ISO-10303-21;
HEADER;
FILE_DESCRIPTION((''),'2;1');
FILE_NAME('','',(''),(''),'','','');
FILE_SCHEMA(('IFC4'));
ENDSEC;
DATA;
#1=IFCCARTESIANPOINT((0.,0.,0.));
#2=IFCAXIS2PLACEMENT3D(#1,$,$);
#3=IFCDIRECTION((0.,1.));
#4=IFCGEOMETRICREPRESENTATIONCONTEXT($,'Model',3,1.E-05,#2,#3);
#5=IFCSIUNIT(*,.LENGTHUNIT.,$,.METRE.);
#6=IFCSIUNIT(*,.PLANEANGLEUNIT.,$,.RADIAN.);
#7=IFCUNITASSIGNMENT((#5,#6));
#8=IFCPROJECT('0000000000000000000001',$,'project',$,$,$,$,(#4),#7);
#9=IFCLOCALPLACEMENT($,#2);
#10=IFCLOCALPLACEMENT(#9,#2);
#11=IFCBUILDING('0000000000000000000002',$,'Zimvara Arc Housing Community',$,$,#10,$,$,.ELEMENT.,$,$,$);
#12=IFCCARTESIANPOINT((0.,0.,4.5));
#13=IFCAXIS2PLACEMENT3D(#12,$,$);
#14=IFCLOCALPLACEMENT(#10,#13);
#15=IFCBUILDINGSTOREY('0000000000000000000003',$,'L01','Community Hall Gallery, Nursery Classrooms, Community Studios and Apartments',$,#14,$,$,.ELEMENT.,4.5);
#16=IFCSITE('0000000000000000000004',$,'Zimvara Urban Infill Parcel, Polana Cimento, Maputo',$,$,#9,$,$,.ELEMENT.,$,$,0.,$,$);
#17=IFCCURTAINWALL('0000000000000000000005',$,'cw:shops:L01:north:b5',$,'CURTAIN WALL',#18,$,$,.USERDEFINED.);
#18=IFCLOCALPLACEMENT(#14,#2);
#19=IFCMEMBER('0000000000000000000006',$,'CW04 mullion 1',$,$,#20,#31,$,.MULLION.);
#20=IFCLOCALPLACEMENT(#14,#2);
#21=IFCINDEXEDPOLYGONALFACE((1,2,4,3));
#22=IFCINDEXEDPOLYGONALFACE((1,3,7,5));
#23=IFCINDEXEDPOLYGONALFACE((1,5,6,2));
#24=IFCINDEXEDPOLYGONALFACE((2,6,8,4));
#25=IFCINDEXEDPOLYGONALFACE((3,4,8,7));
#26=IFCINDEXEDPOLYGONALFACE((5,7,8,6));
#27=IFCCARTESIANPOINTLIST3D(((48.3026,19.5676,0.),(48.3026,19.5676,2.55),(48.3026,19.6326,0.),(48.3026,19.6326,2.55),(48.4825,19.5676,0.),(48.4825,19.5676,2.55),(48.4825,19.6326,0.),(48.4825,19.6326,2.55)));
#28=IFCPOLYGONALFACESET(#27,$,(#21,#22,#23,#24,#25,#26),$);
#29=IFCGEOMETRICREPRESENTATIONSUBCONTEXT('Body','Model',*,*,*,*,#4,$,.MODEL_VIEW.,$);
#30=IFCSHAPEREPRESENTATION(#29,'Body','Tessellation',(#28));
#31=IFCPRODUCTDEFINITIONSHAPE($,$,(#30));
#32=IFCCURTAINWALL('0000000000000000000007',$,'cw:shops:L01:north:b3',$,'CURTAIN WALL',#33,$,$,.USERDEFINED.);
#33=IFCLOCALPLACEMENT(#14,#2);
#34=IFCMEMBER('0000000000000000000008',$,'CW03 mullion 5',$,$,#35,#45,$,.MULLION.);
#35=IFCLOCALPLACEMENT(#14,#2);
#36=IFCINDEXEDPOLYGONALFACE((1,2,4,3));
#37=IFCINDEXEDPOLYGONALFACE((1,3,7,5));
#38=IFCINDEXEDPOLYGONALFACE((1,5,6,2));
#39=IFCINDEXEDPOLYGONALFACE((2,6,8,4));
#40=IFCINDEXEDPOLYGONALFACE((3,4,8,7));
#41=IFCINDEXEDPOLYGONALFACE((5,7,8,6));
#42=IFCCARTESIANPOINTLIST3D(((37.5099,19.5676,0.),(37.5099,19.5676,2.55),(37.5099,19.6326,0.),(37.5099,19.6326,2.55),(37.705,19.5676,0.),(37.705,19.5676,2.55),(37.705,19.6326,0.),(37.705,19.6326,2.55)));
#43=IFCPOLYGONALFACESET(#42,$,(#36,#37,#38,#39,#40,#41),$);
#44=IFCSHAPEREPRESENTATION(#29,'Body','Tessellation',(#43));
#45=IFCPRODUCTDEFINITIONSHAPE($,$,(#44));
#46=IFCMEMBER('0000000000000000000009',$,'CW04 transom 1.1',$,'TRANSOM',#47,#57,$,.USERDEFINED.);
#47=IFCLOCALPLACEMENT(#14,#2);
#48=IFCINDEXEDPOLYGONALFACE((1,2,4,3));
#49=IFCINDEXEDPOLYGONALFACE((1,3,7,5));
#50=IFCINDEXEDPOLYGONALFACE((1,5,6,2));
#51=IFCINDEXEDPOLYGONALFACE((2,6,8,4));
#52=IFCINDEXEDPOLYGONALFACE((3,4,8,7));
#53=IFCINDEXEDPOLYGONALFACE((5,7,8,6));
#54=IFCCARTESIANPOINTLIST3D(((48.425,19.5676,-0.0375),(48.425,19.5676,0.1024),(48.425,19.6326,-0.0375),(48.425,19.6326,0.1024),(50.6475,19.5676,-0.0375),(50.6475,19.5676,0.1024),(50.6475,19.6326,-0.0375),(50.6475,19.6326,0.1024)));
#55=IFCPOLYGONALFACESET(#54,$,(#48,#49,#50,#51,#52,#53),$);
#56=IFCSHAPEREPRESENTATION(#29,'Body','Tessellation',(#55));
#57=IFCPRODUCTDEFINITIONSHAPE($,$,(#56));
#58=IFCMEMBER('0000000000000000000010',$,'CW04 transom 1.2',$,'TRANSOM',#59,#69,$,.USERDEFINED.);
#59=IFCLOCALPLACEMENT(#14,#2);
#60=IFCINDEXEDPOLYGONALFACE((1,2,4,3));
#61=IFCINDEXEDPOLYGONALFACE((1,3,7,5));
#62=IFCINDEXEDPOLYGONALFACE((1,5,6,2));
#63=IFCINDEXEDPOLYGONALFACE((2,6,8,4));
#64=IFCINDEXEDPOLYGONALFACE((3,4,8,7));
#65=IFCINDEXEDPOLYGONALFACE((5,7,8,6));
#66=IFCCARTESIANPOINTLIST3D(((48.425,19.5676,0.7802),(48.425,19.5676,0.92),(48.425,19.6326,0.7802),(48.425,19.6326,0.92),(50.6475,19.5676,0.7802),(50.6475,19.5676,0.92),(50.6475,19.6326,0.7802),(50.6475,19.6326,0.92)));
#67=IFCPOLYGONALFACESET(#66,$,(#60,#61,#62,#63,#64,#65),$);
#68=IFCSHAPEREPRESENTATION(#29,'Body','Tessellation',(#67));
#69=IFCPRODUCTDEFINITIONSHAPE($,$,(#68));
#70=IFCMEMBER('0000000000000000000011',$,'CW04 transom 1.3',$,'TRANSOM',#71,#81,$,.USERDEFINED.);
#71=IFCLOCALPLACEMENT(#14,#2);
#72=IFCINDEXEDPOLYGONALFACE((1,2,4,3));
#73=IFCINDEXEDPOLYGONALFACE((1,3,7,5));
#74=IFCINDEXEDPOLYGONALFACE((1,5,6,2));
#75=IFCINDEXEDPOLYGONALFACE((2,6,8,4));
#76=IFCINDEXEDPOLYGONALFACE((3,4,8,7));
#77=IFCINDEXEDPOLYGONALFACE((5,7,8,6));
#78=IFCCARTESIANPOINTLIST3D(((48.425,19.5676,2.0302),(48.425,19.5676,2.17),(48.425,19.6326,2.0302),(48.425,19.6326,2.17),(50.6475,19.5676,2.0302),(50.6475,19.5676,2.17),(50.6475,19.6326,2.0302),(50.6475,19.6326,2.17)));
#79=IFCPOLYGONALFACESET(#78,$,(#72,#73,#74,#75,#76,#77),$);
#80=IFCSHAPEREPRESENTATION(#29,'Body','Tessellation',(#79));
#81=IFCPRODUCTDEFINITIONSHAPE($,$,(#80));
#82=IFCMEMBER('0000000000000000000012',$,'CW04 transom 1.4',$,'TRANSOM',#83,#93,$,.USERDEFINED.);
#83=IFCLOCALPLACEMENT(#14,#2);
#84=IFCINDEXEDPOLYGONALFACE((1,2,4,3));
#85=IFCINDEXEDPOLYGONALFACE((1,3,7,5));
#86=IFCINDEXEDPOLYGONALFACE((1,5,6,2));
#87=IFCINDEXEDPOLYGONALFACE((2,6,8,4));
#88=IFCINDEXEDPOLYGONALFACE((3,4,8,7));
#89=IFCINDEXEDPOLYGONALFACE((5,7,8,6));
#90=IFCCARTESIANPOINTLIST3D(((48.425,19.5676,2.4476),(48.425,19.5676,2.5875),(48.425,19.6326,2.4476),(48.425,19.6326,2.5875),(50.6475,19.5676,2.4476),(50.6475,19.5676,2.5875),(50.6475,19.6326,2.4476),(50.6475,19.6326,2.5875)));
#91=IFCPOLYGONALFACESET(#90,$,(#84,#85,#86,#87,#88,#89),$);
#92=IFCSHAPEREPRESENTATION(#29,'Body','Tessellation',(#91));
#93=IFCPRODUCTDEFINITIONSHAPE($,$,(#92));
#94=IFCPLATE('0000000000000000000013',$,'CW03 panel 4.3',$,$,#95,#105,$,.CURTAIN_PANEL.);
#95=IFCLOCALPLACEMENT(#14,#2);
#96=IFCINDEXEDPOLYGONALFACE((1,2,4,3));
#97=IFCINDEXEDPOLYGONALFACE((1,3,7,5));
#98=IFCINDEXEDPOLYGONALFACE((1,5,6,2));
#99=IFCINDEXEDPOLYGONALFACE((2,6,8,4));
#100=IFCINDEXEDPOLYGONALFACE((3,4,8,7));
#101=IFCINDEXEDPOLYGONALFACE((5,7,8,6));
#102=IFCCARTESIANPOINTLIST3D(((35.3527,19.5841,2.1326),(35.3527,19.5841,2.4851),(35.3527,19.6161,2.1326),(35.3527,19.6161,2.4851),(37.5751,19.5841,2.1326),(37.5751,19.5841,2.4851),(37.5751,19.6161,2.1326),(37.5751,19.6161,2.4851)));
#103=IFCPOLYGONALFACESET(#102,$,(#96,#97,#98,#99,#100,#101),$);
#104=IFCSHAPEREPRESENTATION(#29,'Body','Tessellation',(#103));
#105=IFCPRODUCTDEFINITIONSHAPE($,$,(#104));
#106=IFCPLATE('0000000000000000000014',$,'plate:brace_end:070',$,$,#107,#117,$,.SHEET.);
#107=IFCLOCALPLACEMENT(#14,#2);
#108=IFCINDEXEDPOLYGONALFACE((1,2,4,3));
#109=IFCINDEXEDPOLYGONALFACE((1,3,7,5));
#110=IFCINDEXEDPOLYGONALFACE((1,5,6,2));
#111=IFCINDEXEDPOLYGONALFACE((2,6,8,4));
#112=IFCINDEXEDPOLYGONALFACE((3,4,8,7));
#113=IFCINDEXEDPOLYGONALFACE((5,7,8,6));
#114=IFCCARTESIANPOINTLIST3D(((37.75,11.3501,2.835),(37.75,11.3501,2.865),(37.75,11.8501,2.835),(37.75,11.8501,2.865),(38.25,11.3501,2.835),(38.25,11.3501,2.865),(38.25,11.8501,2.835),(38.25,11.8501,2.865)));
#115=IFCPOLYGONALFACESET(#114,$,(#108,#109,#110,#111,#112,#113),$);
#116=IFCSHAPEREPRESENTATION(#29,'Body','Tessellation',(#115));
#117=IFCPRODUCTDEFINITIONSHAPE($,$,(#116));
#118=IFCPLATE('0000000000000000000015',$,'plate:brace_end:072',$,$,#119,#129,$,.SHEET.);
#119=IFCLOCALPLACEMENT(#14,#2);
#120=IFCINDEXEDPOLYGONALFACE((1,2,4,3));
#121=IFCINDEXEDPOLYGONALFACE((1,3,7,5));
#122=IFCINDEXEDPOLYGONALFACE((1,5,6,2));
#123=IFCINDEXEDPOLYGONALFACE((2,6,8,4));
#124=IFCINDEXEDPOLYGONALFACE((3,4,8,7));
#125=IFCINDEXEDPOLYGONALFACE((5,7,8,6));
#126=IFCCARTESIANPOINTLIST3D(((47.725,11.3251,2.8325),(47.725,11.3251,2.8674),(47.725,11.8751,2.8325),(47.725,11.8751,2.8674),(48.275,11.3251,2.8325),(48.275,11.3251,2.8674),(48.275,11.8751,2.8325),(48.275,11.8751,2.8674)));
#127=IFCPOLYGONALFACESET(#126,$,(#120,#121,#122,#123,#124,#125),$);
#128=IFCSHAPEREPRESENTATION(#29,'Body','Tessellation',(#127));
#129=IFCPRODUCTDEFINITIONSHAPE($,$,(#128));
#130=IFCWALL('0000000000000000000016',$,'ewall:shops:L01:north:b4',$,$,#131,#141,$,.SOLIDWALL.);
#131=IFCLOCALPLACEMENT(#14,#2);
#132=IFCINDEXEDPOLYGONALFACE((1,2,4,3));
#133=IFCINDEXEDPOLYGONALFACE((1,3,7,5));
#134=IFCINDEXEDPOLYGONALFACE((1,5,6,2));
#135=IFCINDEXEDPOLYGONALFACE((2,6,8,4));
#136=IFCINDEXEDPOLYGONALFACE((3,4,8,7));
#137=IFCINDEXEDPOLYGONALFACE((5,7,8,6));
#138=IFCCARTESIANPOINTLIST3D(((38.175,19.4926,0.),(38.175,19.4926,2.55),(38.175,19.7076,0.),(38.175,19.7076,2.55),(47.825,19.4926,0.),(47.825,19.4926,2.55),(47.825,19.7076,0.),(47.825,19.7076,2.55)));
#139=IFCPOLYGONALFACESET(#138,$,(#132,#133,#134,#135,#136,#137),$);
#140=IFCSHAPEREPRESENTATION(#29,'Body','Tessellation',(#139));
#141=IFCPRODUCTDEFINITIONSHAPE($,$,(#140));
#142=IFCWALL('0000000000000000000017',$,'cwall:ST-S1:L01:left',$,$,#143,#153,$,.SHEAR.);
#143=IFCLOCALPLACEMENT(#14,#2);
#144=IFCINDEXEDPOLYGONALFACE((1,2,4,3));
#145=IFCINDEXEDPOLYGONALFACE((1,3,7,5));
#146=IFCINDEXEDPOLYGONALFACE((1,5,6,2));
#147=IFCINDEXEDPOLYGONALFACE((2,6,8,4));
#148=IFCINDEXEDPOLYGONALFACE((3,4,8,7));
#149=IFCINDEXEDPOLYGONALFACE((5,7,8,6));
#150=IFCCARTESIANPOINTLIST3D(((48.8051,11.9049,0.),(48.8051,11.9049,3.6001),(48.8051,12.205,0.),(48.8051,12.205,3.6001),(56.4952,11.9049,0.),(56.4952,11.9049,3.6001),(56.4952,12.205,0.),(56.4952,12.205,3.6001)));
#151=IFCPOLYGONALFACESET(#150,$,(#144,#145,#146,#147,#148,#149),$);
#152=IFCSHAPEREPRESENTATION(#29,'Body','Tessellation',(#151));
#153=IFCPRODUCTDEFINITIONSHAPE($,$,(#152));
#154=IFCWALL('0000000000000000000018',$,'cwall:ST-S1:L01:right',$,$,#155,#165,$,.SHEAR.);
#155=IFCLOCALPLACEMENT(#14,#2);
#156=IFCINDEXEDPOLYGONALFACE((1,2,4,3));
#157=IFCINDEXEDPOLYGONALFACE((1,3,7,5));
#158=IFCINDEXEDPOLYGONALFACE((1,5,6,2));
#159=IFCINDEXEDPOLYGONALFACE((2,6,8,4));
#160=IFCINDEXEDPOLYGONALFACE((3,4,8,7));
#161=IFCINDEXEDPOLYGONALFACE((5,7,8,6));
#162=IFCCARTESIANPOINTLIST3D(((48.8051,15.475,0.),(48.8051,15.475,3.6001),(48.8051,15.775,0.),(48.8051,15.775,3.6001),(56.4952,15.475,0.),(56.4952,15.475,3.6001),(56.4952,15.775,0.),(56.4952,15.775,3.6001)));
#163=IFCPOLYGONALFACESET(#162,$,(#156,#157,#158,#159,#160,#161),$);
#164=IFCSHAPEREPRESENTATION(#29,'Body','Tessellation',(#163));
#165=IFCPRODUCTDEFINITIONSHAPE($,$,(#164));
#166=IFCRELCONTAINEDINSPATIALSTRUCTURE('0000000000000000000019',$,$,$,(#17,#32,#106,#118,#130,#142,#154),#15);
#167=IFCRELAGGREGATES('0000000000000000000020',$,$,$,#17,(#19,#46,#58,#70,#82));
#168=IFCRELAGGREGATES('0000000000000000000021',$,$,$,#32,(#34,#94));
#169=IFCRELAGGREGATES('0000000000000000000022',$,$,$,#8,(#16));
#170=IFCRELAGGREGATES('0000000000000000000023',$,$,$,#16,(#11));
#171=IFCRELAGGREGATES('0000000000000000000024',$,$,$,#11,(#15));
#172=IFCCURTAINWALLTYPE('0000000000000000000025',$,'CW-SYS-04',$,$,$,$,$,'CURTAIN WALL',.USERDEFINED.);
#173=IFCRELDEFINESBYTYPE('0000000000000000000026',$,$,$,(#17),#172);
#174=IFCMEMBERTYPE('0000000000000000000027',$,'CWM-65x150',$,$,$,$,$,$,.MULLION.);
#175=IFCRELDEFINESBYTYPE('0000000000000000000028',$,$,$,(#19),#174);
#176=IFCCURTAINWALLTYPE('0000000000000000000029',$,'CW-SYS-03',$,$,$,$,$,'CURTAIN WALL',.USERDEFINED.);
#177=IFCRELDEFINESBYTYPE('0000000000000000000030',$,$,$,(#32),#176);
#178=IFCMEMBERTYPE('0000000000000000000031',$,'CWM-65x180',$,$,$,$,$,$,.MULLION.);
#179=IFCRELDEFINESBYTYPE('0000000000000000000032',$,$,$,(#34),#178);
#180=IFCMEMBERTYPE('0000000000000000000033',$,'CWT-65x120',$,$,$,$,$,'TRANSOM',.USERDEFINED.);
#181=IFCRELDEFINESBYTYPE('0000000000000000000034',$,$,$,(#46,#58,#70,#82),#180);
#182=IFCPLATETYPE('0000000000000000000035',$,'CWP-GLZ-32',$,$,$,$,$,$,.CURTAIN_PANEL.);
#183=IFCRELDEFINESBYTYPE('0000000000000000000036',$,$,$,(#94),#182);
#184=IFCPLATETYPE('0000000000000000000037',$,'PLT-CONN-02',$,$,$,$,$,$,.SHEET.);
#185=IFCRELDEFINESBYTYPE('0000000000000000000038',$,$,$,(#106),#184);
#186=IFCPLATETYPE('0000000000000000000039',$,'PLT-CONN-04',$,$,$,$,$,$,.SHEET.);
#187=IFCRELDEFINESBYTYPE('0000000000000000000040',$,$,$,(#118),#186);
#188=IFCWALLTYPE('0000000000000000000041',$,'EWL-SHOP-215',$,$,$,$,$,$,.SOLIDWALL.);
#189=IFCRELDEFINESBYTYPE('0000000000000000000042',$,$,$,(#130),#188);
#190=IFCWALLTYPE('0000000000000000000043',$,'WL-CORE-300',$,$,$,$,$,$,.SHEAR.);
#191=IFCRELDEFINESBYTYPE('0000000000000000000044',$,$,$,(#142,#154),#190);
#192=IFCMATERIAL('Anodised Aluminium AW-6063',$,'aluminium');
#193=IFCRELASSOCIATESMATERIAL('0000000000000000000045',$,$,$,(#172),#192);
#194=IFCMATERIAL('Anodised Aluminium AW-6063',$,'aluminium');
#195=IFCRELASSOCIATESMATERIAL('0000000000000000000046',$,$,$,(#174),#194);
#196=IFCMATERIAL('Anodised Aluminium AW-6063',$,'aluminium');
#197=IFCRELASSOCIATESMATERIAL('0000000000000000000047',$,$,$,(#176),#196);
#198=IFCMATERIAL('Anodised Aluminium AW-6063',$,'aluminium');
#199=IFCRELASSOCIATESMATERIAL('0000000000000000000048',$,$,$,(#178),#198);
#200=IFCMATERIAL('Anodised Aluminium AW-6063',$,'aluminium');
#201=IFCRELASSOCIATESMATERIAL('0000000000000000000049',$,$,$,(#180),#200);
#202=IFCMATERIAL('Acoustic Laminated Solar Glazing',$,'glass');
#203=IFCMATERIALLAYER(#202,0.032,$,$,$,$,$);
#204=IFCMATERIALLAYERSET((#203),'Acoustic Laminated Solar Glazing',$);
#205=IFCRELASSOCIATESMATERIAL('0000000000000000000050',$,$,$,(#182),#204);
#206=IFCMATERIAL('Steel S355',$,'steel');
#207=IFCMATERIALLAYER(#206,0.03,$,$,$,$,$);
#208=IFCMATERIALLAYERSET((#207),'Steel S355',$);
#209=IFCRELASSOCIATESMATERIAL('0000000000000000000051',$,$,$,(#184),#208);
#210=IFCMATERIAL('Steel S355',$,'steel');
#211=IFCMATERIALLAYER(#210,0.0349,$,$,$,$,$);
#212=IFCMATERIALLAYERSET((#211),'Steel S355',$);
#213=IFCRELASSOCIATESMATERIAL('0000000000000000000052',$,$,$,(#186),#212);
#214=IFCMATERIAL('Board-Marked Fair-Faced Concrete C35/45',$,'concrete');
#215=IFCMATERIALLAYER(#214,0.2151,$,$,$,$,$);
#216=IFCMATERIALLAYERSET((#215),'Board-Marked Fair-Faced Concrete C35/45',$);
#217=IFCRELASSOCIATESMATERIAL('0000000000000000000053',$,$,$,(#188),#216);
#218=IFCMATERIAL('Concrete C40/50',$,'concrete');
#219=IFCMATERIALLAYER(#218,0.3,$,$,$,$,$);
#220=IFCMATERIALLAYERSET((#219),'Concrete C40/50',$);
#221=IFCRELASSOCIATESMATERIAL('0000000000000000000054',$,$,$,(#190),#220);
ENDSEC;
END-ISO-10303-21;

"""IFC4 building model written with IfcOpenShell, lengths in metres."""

from ifc_helpers import new_model, si_unit, direction, frame, frame_2d, origin, origin_2d, place, context, subcontext, project, spatial, rectangle, extrude, material, layer, layer_set, material_profile, profile_set, type_object, element, aggregate, save


model = new_model("IFC4")

# Units and contexts
model_context = context("Model", 3, precision=1e-05, world=origin(), true_north=direction((0.0, 1.0)))
body_context = subcontext(model_context, "Body", "Model", "MODEL_VIEW")
ifc_project = project(units=[si_unit("LENGTHUNIT", "METRE"), si_unit("PLANEANGLEUNIT", "RADIAN")], contexts=[model_context])

# Site, building, storey
site_placement = place(None, origin())
site = spatial("IfcSite", under=ifc_project, at=site_placement, Name="Zimvara Urban Infill Parcel, Polana Cimento, Maputo", CompositionType="ELEMENT", RefElevation=0.0)
building_placement = place(site_placement, origin())
building = spatial("IfcBuilding", under=site, at=building_placement, Name="Zimvara Arc Housing Community", CompositionType="ELEMENT")
storey_placement = place(building_placement, frame((0.0, 0.0, 4.5)))
storey = spatial("IfcBuildingStorey", under=building, at=storey_placement, Name="L01", Description="Community Hall Gallery, Nursery Classrooms, Community Studios and Apartments", CompositionType="ELEMENT", Elevation=4.5)

# Curtain walls, members
ifc_material_1 = material(Name="Anodised Aluminium AW-6063", Category="aluminium")
curtain_wall_type_1 = type_object("IfcCurtainWallType", Name="CW-SYS-04", ElementType="CURTAIN WALL", PredefinedType="USERDEFINED", material=ifc_material_1)
curtain_wall_1_placement = place(storey_placement, origin())
curtain_wall_1 = element("IfcCurtainWall", 1, at=curtain_wall_1_placement, inside=storey, type_object=curtain_wall_type_1, Name="cw:shops:L01:north:b5", ObjectType="CURTAIN WALL", PredefinedType="USERDEFINED")
ifc_material_2 = material(Name="Anodised Aluminium AW-6063", Category="aluminium")
ifc_material_profile_1 = material_profile(ifc_material_2, rectangle(XDim=0.0649, YDim=0.1799, at=origin_2d()), Name="ALU 65x180")
ifc_profile_set_1 = profile_set([ifc_material_profile_1], Name="Anodised Aluminium AW-6063")
member_type_1 = type_object("IfcMemberType", Name="CWM-65x150", PredefinedType="MULLION", material=ifc_profile_set_1)
member_1_placement = place(storey_placement, frame((48.3926, 19.6001, 0.0), z_axis=(0.0, 0.0, 1.0), x_axis=(0.0, 1.0, 0.0)))
member_1 = element("IfcMember", 2, at=member_1_placement, type_object=member_type_1, Name="CW04 mullion 1", PredefinedType="MULLION", context=body_context, shape_type="SweptSolid", body=[
    extrude(rectangle(XDim=0.0649, YDim=0.1799, at=origin_2d()), origin(), (0.0, 0.0, 1.0), 2.55),
])
ifc_material_3 = material(Name="Anodised Aluminium AW-6063", Category="aluminium")
curtain_wall_type_2 = type_object("IfcCurtainWallType", Name="CW-SYS-03", ElementType="CURTAIN WALL", PredefinedType="USERDEFINED", material=ifc_material_3)
curtain_wall_2_placement = place(storey_placement, origin())
curtain_wall_2 = element("IfcCurtainWall", 3, at=curtain_wall_2_placement, inside=storey, type_object=curtain_wall_type_2, Name="cw:shops:L01:north:b3", ObjectType="CURTAIN WALL", PredefinedType="USERDEFINED")
ifc_material_4 = material(Name="Anodised Aluminium AW-6063", Category="aluminium")
ifc_material_profile_2 = material_profile(ifc_material_4, rectangle(XDim=0.0649, YDim=0.1951, at=origin_2d()), Name="ALU 65x195")
ifc_profile_set_2 = profile_set([ifc_material_profile_2], Name="Anodised Aluminium AW-6063")
member_type_2 = type_object("IfcMemberType", Name="CWM-65x180", PredefinedType="MULLION", material=ifc_profile_set_2)
member_2_placement = place(storey_placement, frame((37.6074, 19.6001, 0.0), z_axis=(0.0, 0.0, 1.0), x_axis=(0.0, 1.0, 0.0)))
member_2 = element("IfcMember", 4, at=member_2_placement, type_object=member_type_2, Name="CW03 mullion 5", PredefinedType="MULLION", context=body_context, shape_type="SweptSolid", body=[
    extrude(rectangle(XDim=0.0649, YDim=0.1951, at=origin_2d()), origin(), (0.0, 0.0, 1.0), 2.55),
])

# Members
ifc_material_5 = material(Name="Anodised Aluminium AW-6063", Category="aluminium")
ifc_material_profile_3 = material_profile(ifc_material_5, rectangle(XDim=0.0649, YDim=0.1399, at=origin_2d()), Name="ALU 65x140")
ifc_profile_set_3 = profile_set([ifc_material_profile_3], Name="Anodised Aluminium AW-6063")
member_type_3 = type_object("IfcMemberType", Name="CWT-65x120", ElementType="TRANSOM", PredefinedType="USERDEFINED", material=ifc_profile_set_3)
member_3_placement = place(storey_placement, frame((48.425, 19.6001, 0.0325), z_axis=(1.0, 0.0, 0.0), x_axis=(0.0, 1.0, 0.0)))
member_3 = element("IfcMember", 5, at=member_3_placement, type_object=member_type_3, Name="CW04 transom 1.1", ObjectType="TRANSOM", PredefinedType="USERDEFINED", context=body_context, shape_type="SweptSolid", body=[
    extrude(rectangle(XDim=0.0649, YDim=0.1399, at=origin_2d()), origin(), (0.0, 0.0, 1.0), 2.2224),
])
member_4_placement = place(storey_placement, frame((48.425, 19.6001, 0.8501), z_axis=(1.0, 0.0, 0.0), x_axis=(0.0, 1.0, 0.0)))
member_4 = element("IfcMember", 6, at=member_4_placement, type_object=member_type_3, Name="CW04 transom 1.2", ObjectType="TRANSOM", PredefinedType="USERDEFINED", context=body_context, shape_type="SweptSolid", body=[
    extrude(rectangle(XDim=0.0649, YDim=0.1399, at=origin_2d()), origin(), (0.0, 0.0, 1.0), 2.2224),
])
member_5_placement = place(storey_placement, frame((48.425, 19.6001, 2.1001), z_axis=(1.0, 0.0, 0.0), x_axis=(0.0, 1.0, 0.0)))
member_5 = element("IfcMember", 7, at=member_5_placement, type_object=member_type_3, Name="CW04 transom 1.3", ObjectType="TRANSOM", PredefinedType="USERDEFINED", context=body_context, shape_type="SweptSolid", body=[
    extrude(rectangle(XDim=0.0649, YDim=0.1399, at=origin_2d()), origin(), (0.0, 0.0, 1.0), 2.2224),
])
member_6_placement = place(storey_placement, frame((48.425, 19.6001, 2.5176), z_axis=(1.0, 0.0, 0.0), x_axis=(0.0, 1.0, 0.0)))
member_6 = element("IfcMember", 8, at=member_6_placement, type_object=member_type_3, Name="CW04 transom 1.4", ObjectType="TRANSOM", PredefinedType="USERDEFINED", context=body_context, shape_type="SweptSolid", body=[
    extrude(rectangle(XDim=0.0649, YDim=0.1399, at=origin_2d()), origin(), (0.0, 0.0, 1.0), 2.2224),
])
aggregate(curtain_wall_1, [member_1, member_3, member_4, member_5, member_6])

# Plate
ifc_material_6 = material(Name="Acoustic Laminated Solar Glazing", Category="glass")
ifc_layer_1 = layer(ifc_material_6, 0.032)
ifc_layer_set_1 = layer_set([ifc_layer_1], Name="Acoustic Laminated Solar Glazing")
plate_type_1 = type_object("IfcPlateType", Name="CWP-GLZ-32", PredefinedType="CURTAIN_PANEL", material=ifc_layer_set_1)
plate_1_placement = place(storey_placement, frame((36.4639, 19.6001, 2.1326), z_axis=(0.0, 0.0, 1.0), x_axis=(1.0, 0.0, 0.0)))
plate_1 = element("IfcPlate", 9, at=plate_1_placement, type_object=plate_type_1, Name="CW03 panel 4.3", PredefinedType="CURTAIN_PANEL", context=body_context, shape_type="SweptSolid", body=[
    extrude(rectangle(XDim=2.2224, YDim=0.032, at=origin_2d()), origin(), (0.0, 0.0, 1.0), 0.3525),
])
aggregate(curtain_wall_2, [member_2, plate_1])

# Plates
ifc_material_7 = material(Name="Steel S355", Category="steel")
ifc_layer_2 = layer(ifc_material_7, 0.03)
ifc_layer_set_2 = layer_set([ifc_layer_2], Name="Steel S355")
plate_type_2 = type_object("IfcPlateType", Name="PLT-CONN-02", PredefinedType="SHEET", material=ifc_layer_set_2)
plate_2_placement = place(storey_placement, frame((38.0, 11.6001, 2.835), z_axis=(0.0, 0.0, 1.0), x_axis=(1.0, 0.0, 0.0)))
element("IfcPlate", 10, at=plate_2_placement, inside=storey, type_object=plate_type_2, Name="plate:brace_end:070", PredefinedType="SHEET", context=body_context, shape_type="SweptSolid", body=[
    extrude(rectangle(XDim=0.5, YDim=0.5, at=origin_2d()), origin(), (0.0, 0.0, 1.0), 0.03),
])
ifc_material_8 = material(Name="Steel S355", Category="steel")
ifc_layer_3 = layer(ifc_material_8, 0.0349)
ifc_layer_set_3 = layer_set([ifc_layer_3], Name="Steel S355")
plate_type_3 = type_object("IfcPlateType", Name="PLT-CONN-04", PredefinedType="SHEET", material=ifc_layer_set_3)
plate_3_placement = place(storey_placement, frame((48.0, 11.6001, 2.8325), z_axis=(0.0, 0.0, 1.0), x_axis=(1.0, 0.0, 0.0)))
element("IfcPlate", 11, at=plate_3_placement, inside=storey, type_object=plate_type_3, Name="plate:brace_end:072", PredefinedType="SHEET", context=body_context, shape_type="SweptSolid", body=[
    extrude(rectangle(XDim=0.55, YDim=0.55, at=origin_2d()), origin(), (0.0, 0.0, 1.0), 0.0349),
])

# Wall
ifc_material_9 = material(Name="Board-Marked Fair-Faced Concrete C35/45", Category="concrete")
ifc_layer_4 = layer(ifc_material_9, 0.2151)
ifc_layer_set_4 = layer_set([ifc_layer_4], Name="Board-Marked Fair-Faced Concrete C35/45")
wall_type_1 = type_object("IfcWallType", Name="EWL-SHOP-215", PredefinedType="SOLIDWALL", material=ifc_layer_set_4)
wall_1_placement = place(storey_placement, frame((38.175, 19.6001, 0.0), z_axis=(0.0, 0.0, 1.0), x_axis=(1.0, 0.0, 0.0)))
element("IfcWall", 12, at=wall_1_placement, inside=storey, type_object=wall_type_1, Name="ewall:shops:L01:north:b4", PredefinedType="SOLIDWALL", context=body_context, shape_type="SweptSolid", body=[
    extrude(rectangle(XDim=9.6499, YDim=0.2151, at=frame_2d((4.825, 0.0))), origin(), (0.0, 0.0, 1.0), 2.55),
])

# Shared definitions
ifc_material_10 = material(Name="Concrete C40/50", Category="concrete")
ifc_layer_5 = layer(ifc_material_10, 0.3)
ifc_layer_set_5 = layer_set([ifc_layer_5], Name="Concrete C40/50")
wall_type_2 = type_object("IfcWallType", Name="WL-CORE-300", PredefinedType="SHEAR", material=ifc_layer_set_5)

# Walls
for number, where, z_axis, x_axis, name in (
    (13, (48.8049, 12.0549, 0.0), (0.0, 0.0, 1.0), (1.0, 0.0, 0.0), "cwall:ST-S1:L01:left"),
    (14, (48.8049, 15.625, 0.0), (0.0, 0.0, 1.0), (1.0, 0.0, 0.0), "cwall:ST-S1:L01:right"),
):
    element("IfcWall", number, at=place(storey_placement, frame(where, z_axis=z_axis, x_axis=x_axis)), inside=storey, type_object=wall_type_2, Name=name, PredefinedType="SHEAR", context=body_context, shape_type="SweptSolid", body=[
        extrude(rectangle(XDim=7.6902, YDim=0.3, at=frame_2d((3.8452, 0.0))), origin(), (0.0, 0.0, 1.0), 3.6001),
    ])

save(model, "model.ifc")
